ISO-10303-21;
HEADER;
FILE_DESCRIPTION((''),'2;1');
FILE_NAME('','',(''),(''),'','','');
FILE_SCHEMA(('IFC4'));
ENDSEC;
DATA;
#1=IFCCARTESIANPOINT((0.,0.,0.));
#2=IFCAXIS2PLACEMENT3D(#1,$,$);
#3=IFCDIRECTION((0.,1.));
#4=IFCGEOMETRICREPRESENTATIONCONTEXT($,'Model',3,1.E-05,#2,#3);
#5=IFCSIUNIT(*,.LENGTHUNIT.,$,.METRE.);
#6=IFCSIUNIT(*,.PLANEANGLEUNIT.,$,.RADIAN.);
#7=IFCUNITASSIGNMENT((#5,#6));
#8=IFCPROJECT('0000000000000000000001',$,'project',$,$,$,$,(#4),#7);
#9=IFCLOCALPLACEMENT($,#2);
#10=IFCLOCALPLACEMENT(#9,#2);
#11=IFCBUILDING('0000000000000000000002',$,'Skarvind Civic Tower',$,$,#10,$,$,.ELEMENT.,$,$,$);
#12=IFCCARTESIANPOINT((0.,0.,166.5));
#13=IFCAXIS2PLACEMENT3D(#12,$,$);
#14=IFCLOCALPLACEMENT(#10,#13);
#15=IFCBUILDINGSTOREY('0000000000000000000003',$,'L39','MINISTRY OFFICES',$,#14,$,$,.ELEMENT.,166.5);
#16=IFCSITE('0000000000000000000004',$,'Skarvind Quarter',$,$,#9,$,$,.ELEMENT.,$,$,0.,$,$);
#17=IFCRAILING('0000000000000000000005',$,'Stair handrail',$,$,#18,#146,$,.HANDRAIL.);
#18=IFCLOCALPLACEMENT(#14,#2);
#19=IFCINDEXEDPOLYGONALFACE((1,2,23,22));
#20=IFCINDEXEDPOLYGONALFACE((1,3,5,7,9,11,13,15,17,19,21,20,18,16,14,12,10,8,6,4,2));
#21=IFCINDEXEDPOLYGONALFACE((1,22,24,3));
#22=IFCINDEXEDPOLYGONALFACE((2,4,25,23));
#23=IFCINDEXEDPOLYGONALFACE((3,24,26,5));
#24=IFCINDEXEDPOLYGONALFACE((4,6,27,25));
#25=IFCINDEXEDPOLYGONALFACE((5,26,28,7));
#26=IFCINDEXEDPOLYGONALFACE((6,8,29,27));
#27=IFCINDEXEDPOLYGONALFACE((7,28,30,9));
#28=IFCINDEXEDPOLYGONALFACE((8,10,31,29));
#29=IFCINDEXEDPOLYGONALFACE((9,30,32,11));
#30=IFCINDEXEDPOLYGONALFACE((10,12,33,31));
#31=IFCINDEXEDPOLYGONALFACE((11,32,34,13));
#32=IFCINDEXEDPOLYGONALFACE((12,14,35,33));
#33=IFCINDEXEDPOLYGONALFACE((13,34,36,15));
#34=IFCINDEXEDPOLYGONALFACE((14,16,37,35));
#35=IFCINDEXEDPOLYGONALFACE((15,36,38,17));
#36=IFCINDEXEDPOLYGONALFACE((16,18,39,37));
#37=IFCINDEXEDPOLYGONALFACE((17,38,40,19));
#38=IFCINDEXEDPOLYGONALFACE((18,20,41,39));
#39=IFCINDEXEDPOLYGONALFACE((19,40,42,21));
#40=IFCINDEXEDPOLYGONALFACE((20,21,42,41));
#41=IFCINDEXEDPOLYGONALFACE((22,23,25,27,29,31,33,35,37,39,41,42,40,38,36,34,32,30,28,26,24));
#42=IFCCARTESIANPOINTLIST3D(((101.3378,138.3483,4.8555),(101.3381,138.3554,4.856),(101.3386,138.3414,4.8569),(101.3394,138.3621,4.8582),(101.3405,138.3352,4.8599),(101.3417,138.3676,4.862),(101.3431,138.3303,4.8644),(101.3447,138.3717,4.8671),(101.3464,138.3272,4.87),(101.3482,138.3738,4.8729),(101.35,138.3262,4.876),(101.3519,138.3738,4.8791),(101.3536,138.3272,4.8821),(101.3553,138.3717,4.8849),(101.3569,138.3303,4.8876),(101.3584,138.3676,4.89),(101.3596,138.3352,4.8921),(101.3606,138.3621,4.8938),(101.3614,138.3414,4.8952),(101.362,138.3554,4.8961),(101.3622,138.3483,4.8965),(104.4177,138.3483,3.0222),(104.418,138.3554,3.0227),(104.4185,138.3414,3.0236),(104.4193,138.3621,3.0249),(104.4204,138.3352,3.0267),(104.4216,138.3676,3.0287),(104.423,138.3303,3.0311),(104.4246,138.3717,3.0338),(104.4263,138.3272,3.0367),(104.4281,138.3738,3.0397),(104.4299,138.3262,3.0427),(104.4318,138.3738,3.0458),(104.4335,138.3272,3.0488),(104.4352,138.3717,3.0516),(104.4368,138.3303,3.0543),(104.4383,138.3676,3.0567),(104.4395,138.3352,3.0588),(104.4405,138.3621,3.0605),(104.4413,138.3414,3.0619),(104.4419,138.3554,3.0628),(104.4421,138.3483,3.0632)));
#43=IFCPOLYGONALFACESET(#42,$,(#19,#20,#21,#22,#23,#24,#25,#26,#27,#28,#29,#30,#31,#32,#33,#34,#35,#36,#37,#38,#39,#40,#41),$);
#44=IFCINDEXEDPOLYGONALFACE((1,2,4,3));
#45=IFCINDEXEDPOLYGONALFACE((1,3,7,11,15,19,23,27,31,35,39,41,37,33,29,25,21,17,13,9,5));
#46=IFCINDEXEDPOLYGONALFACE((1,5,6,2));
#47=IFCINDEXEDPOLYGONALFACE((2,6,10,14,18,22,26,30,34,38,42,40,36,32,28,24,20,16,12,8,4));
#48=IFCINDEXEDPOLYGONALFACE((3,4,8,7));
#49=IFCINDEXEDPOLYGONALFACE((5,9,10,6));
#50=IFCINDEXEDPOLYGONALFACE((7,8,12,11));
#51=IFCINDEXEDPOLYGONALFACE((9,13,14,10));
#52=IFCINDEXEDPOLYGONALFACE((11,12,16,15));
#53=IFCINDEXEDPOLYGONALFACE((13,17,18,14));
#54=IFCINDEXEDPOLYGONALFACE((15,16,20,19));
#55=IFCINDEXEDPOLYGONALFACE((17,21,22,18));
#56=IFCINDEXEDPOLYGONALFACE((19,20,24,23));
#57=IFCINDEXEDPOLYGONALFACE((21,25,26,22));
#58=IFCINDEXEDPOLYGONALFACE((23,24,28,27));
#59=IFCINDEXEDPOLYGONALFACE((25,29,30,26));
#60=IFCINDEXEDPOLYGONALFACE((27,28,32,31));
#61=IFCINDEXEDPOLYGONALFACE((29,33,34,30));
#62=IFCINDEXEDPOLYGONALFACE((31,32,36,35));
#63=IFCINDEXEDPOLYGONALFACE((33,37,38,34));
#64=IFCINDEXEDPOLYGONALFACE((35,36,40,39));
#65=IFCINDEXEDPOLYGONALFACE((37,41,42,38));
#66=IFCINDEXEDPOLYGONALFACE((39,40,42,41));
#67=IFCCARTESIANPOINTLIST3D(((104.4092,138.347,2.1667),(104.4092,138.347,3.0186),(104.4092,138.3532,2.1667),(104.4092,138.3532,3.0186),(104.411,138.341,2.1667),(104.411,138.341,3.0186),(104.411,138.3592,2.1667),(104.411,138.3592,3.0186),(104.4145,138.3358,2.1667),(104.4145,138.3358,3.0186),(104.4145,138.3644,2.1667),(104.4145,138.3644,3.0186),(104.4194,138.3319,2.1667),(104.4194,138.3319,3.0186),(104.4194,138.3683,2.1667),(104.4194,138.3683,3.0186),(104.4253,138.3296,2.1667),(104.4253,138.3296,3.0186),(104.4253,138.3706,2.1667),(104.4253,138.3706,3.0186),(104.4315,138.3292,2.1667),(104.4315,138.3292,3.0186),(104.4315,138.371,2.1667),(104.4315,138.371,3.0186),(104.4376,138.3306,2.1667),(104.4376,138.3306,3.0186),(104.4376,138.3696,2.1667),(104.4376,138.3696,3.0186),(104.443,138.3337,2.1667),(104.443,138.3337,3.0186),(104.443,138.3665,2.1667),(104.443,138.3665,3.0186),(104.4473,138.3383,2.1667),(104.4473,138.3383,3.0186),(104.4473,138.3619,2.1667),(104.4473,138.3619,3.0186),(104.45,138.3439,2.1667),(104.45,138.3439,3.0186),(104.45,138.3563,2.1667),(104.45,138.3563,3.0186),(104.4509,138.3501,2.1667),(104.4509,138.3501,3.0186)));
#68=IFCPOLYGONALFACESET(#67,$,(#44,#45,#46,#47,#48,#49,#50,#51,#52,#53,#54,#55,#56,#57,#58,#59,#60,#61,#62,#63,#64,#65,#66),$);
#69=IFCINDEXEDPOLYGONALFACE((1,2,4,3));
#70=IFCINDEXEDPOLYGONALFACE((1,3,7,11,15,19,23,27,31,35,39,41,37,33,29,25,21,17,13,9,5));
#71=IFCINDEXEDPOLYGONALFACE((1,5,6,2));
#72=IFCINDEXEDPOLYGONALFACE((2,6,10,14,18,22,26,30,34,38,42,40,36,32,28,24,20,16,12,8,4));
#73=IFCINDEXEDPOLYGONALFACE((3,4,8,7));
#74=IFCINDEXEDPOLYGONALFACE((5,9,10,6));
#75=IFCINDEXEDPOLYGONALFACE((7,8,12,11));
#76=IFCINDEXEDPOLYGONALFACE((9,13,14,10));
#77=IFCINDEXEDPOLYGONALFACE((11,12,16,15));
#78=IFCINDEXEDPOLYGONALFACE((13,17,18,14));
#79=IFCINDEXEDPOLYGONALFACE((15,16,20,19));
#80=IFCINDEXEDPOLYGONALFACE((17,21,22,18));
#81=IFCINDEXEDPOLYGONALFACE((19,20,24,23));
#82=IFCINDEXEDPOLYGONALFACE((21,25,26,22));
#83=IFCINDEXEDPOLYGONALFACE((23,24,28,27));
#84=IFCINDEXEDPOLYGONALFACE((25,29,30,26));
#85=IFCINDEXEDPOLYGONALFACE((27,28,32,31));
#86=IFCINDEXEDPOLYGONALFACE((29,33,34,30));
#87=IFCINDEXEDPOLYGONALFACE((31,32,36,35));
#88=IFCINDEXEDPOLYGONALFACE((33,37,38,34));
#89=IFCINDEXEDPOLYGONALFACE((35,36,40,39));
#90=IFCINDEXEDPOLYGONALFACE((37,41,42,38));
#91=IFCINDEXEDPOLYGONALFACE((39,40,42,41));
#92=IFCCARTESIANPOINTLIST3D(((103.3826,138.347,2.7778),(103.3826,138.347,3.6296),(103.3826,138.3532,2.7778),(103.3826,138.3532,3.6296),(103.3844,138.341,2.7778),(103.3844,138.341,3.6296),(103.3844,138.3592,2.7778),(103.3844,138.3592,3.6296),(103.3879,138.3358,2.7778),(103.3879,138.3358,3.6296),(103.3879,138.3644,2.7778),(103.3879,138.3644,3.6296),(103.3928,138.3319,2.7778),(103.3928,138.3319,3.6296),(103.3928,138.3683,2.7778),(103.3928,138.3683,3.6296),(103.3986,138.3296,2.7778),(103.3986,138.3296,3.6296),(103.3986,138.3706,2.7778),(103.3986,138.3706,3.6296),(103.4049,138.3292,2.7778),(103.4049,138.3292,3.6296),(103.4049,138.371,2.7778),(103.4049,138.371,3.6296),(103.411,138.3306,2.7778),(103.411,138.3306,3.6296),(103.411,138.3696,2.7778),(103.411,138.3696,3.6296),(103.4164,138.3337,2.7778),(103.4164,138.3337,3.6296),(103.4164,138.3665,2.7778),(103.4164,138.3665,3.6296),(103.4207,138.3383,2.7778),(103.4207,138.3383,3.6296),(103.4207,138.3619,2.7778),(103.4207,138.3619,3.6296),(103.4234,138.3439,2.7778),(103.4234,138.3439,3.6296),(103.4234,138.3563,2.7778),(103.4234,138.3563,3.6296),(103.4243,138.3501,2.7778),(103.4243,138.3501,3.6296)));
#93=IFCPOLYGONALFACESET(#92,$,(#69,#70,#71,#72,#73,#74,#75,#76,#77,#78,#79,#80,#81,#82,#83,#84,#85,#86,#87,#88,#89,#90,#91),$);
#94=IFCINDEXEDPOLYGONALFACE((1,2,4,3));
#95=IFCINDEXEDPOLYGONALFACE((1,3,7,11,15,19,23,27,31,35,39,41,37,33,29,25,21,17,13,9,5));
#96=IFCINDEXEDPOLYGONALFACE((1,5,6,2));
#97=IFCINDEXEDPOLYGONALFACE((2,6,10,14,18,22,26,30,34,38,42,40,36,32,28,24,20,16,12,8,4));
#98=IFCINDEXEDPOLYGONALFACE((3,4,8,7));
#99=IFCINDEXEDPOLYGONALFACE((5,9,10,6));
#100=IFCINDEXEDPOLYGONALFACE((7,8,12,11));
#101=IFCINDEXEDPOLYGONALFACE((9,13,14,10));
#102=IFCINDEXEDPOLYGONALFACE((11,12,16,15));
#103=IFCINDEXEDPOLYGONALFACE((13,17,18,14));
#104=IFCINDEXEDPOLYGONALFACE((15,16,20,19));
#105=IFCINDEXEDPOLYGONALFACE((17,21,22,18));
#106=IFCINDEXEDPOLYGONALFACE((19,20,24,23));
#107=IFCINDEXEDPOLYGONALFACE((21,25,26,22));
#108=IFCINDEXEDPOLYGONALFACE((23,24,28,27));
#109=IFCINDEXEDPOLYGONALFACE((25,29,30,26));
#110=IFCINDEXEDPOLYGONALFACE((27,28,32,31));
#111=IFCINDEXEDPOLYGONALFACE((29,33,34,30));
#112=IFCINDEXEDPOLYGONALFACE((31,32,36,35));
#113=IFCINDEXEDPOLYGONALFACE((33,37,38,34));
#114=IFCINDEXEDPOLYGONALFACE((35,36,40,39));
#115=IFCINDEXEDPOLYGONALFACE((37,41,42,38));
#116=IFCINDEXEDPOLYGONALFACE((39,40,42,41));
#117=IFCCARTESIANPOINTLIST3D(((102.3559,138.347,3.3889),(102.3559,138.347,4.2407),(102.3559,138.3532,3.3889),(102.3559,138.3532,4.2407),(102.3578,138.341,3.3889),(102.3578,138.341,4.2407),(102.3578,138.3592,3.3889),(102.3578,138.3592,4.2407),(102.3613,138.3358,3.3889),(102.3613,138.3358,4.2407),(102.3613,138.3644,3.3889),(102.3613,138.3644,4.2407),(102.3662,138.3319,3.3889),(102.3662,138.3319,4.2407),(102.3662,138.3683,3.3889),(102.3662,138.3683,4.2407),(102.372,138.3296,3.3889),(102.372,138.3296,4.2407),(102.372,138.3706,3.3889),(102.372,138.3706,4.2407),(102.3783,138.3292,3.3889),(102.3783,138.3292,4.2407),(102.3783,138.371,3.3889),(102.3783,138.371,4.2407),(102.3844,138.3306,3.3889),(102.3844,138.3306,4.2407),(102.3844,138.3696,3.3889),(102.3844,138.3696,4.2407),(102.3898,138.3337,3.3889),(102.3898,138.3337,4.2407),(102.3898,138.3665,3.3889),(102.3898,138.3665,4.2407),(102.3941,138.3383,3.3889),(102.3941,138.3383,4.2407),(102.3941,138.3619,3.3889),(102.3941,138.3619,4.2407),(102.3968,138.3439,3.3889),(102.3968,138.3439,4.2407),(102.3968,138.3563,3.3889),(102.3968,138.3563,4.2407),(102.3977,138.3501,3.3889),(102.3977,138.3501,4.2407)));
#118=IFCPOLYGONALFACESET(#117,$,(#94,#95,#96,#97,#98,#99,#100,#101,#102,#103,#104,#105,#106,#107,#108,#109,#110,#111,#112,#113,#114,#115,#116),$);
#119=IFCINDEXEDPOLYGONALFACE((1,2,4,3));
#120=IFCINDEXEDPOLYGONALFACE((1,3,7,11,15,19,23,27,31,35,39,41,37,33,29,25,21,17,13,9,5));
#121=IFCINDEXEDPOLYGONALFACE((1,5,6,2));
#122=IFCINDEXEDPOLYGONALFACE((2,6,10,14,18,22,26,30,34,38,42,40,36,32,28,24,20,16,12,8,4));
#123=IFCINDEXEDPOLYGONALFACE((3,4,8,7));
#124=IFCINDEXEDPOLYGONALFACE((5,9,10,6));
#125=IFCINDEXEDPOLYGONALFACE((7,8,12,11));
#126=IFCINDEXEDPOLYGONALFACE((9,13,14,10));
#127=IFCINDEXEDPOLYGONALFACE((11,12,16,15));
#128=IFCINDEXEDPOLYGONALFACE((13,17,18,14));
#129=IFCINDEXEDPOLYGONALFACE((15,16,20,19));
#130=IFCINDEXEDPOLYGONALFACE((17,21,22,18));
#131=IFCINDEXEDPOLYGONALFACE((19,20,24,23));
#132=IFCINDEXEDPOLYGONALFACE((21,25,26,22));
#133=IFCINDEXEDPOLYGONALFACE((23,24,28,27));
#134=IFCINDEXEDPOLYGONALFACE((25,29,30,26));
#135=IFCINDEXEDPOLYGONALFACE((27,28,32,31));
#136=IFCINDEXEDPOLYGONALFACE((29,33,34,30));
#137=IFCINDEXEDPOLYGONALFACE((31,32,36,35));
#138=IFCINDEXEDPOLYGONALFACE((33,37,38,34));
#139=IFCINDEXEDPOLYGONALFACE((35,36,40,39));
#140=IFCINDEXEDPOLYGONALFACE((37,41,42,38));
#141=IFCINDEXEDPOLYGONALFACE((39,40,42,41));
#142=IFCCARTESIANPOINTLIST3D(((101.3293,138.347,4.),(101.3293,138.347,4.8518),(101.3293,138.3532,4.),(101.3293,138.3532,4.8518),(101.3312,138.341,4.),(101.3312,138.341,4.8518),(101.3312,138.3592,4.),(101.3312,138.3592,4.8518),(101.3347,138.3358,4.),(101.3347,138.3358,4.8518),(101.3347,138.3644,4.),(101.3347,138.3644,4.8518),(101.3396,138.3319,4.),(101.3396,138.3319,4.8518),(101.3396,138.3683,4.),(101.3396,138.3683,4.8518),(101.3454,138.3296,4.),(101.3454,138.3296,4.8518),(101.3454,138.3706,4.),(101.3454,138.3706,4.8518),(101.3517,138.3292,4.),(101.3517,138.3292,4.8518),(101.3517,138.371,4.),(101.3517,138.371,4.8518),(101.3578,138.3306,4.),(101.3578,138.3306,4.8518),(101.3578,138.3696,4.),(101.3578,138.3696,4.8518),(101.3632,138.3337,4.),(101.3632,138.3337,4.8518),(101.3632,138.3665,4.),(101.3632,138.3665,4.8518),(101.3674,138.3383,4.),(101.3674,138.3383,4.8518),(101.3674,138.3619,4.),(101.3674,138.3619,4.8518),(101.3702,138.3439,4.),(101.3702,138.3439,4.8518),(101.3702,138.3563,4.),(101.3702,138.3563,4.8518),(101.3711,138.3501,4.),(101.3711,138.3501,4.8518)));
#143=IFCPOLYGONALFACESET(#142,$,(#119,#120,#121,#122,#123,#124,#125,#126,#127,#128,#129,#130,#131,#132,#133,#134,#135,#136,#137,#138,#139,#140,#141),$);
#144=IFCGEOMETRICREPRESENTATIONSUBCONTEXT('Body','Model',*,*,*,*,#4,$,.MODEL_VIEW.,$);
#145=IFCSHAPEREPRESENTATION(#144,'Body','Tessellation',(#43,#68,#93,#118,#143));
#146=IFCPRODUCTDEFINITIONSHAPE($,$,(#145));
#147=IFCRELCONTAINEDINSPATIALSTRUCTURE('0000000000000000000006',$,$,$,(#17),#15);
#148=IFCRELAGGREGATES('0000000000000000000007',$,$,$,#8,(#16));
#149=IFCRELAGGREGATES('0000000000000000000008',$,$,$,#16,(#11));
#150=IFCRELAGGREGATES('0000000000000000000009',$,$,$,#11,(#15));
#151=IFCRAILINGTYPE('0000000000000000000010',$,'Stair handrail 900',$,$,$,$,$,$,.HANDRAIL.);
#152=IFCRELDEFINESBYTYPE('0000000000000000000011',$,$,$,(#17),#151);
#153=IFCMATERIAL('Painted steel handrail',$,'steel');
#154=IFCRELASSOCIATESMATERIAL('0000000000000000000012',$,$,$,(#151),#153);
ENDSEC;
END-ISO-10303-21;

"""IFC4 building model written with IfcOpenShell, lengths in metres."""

from ifc_helpers import new_model, si_unit, direction, frame, origin, origin_2d, place, context, subcontext, project, spatial, circle, extrude, material, type_object, element, save


model = new_model("IFC4")

# Units and contexts
model_context = context("Model", 3, precision=1e-05, world=origin(), true_north=direction((0.0, 1.0)))
body_context = subcontext(model_context, "Body", "Model", "MODEL_VIEW")
ifc_project = project(units=[si_unit("LENGTHUNIT", "METRE"), si_unit("PLANEANGLEUNIT", "RADIAN")], contexts=[model_context])

# Site, building, storey
site_placement = place(None, origin())
site = spatial("IfcSite", under=ifc_project, at=site_placement, Name="Skarvind Quarter", CompositionType="ELEMENT", RefElevation=0.0)
building_placement = place(site_placement, origin())
building = spatial("IfcBuilding", under=site, at=building_placement, Name="Skarvind Civic Tower", CompositionType="ELEMENT")
storey_placement = place(building_placement, frame((0.0, 0.0, 166.5)))
storey = spatial("IfcBuildingStorey", under=building, at=storey_placement, Name="L39", Description="MINISTRY OFFICES", CompositionType="ELEMENT", Elevation=166.5)

# Railing
ifc_material_1 = material(Name="Painted steel handrail", Category="steel")
railing_type = type_object("IfcRailingType", Name="Stair handrail 900", PredefinedType="HANDRAIL", material=ifc_material_1)
railing_1_placement = place(storey_placement, frame((104.4299, 138.3501, 2.1667)))
element("IfcRailing", 1, at=railing_1_placement, inside=storey, type_object=railing_type, Name="Stair handrail", PredefinedType="HANDRAIL", context=body_context, shape_type="SweptSolid", body=[
    extrude(circle(Radius=0.0239, at=origin_2d()), frame((0.0, 0.0, 0.876), z_axis=(-0.859291, 0.0, 0.511487), x_axis=(0.0, -1.0, 0.0)), (0.0, 0.0, 1.0), 3.5842),
    extrude(circle(Radius=0.021, at=origin_2d()), origin(), (0.0, 0.0, 1.0), 0.8518),
    extrude(circle(Radius=0.021, at=origin_2d()), frame((-1.0266, 0.0, 0.6111)), (0.0, 0.0, 1.0), 0.8518),
    extrude(circle(Radius=0.021, at=origin_2d()), frame((-2.0532, 0.0, 1.2222)), (0.0, 0.0, 1.0), 0.8518),
    extrude(circle(Radius=0.021, at=origin_2d()), frame((-3.0798, 0.0, 1.8333)), (0.0, 0.0, 1.0), 0.8518),
])

save(model, "model.ifc")
